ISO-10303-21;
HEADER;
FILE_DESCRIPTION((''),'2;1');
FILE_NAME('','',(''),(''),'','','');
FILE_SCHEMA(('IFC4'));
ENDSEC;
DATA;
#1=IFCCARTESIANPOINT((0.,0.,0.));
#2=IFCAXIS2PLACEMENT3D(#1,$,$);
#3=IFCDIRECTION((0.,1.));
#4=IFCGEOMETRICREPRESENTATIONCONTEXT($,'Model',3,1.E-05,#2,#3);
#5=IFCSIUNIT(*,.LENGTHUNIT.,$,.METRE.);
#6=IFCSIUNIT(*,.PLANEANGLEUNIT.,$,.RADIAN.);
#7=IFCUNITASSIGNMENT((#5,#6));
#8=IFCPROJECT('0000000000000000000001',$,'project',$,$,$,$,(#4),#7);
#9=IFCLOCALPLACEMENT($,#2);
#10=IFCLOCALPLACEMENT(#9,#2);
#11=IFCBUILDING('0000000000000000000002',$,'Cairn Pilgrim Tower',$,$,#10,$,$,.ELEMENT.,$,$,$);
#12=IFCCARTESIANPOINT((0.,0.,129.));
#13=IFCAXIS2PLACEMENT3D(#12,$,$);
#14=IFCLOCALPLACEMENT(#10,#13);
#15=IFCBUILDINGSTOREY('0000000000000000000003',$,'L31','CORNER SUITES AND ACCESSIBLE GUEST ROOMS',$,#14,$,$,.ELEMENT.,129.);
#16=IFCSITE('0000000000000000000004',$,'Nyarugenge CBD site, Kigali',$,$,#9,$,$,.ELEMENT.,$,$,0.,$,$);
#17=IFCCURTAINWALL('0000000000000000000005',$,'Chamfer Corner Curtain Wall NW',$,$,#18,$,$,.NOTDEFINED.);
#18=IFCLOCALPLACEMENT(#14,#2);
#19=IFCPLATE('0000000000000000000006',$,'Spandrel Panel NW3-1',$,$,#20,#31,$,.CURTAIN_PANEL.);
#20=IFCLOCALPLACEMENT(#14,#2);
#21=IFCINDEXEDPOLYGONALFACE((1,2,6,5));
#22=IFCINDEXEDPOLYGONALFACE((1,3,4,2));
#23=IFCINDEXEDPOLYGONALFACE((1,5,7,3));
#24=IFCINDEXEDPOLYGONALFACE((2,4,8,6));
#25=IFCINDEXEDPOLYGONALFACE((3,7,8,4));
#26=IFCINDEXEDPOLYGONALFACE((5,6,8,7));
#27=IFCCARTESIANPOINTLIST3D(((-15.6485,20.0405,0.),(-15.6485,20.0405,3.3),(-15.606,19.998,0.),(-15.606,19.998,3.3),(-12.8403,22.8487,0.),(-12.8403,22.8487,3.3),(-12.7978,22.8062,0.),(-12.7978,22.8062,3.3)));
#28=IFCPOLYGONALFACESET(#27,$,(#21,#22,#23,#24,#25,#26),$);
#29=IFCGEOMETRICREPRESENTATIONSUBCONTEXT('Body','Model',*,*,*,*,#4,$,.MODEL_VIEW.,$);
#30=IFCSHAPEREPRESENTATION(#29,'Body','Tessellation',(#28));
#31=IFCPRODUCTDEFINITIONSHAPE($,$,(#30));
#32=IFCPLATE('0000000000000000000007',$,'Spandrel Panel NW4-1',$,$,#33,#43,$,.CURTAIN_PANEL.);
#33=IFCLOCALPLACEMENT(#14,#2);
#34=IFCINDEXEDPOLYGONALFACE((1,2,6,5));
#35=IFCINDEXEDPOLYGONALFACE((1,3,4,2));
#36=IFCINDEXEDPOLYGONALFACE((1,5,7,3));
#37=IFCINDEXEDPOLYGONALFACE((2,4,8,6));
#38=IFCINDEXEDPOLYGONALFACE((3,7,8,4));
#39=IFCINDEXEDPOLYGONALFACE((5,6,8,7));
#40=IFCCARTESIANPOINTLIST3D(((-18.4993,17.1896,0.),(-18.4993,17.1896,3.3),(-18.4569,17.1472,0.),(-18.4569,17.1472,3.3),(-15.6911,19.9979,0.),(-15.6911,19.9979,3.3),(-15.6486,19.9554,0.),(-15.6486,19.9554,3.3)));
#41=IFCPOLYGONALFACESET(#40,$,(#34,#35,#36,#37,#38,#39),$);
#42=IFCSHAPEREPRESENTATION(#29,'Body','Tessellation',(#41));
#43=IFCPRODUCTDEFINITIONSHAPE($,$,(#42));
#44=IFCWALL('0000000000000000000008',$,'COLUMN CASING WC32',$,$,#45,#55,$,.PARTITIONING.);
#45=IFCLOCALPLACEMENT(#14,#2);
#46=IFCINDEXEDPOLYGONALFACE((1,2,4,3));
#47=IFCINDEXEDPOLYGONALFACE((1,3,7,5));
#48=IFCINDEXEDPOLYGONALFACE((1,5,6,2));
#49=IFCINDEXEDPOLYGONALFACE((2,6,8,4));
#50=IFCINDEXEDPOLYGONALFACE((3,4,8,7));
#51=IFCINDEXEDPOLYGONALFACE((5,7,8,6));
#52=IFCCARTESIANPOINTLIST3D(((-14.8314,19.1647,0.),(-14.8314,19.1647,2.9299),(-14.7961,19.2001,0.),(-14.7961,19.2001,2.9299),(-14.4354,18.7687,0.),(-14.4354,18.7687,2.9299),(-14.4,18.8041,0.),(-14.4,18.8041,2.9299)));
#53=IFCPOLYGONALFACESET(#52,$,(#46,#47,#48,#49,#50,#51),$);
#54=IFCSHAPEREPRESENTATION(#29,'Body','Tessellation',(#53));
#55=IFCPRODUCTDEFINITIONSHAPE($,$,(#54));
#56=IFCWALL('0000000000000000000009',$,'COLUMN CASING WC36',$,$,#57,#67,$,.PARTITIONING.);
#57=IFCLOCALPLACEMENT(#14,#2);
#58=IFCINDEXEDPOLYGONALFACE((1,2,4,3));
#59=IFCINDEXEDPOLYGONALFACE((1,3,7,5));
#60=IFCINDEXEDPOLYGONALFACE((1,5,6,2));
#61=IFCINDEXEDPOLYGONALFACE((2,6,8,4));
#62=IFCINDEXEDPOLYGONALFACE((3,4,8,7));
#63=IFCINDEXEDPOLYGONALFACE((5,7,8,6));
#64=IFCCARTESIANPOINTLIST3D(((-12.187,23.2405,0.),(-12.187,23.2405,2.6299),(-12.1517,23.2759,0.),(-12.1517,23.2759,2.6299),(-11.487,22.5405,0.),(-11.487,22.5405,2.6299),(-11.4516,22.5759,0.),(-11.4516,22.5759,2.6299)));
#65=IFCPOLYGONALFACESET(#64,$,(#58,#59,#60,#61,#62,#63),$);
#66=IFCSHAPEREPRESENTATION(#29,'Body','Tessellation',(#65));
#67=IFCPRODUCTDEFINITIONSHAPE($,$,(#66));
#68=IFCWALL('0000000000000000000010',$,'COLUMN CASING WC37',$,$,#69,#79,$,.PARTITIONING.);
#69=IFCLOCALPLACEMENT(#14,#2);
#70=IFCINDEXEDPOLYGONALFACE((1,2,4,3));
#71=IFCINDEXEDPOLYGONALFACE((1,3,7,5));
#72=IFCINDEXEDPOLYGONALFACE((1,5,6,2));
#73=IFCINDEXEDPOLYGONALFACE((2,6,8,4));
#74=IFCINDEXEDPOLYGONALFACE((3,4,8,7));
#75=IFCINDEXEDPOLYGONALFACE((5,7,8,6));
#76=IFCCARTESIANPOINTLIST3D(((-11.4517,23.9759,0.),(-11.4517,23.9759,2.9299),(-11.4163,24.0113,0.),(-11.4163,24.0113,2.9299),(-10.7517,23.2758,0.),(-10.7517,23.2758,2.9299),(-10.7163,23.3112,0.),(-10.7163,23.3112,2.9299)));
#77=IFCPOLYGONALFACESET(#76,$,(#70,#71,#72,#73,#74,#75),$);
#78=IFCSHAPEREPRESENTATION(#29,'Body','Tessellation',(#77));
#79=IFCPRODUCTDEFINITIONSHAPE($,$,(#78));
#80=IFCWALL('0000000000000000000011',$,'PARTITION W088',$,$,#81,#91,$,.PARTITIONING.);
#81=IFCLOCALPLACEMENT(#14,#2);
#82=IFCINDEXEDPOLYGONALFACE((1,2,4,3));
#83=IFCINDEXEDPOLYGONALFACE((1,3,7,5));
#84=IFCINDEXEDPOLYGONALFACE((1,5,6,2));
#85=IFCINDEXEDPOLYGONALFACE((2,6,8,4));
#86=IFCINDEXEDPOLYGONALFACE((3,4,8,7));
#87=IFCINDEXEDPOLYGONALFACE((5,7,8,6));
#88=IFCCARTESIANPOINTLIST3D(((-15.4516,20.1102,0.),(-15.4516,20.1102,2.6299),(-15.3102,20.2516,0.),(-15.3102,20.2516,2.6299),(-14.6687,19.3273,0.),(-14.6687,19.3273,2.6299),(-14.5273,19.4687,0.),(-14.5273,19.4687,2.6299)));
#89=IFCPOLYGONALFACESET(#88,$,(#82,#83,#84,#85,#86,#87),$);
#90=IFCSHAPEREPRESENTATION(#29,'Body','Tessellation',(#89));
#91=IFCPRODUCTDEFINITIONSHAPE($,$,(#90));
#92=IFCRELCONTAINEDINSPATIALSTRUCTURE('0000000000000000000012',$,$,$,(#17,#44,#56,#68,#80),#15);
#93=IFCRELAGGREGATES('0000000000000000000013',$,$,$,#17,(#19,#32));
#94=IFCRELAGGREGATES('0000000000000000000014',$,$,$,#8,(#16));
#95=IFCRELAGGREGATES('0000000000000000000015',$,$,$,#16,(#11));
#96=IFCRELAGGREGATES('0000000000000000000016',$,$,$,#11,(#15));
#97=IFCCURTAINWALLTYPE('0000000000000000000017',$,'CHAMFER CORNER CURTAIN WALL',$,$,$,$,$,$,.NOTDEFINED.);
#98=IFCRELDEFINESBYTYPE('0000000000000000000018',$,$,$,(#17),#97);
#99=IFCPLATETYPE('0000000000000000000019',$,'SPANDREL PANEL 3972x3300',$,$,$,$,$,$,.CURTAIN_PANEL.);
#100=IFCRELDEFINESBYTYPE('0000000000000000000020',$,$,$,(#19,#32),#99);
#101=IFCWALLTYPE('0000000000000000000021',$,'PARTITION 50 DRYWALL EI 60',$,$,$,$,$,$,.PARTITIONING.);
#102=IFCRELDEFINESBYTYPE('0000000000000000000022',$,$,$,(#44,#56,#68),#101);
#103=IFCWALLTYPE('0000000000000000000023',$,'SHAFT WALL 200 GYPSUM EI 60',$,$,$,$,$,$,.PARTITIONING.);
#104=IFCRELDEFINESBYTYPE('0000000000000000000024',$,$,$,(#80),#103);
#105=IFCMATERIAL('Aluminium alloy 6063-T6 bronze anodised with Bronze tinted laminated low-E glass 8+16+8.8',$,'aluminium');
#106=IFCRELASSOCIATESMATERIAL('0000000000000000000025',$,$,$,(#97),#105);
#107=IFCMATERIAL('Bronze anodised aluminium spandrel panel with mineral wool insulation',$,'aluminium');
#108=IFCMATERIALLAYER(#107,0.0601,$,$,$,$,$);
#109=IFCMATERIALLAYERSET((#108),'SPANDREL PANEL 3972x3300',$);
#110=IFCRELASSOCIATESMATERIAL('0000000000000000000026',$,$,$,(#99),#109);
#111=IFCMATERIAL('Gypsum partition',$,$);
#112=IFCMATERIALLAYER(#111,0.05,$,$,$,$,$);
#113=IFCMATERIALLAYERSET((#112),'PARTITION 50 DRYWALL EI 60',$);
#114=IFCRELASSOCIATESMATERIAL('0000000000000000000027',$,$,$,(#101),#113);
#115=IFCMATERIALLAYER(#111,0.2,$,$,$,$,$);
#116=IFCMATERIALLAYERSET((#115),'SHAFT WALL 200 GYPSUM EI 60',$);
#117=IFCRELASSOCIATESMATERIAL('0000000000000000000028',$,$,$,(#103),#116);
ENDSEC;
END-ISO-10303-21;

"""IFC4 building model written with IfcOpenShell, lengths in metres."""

from ifc_helpers import new_model, si_unit, direction, frame, frame_2d, origin, origin_2d, place, context, subcontext, project, spatial, rectangle, extrude, material, layer, layer_set, type_object, element, aggregate, save


model = new_model("IFC4")

# Units and contexts
model_context = context("Model", 3, precision=1e-05, world=origin(), true_north=direction((0.0, 1.0)))
body_context = subcontext(model_context, "Body", "Model", "MODEL_VIEW")
ifc_project = project(units=[si_unit("LENGTHUNIT", "METRE"), si_unit("PLANEANGLEUNIT", "RADIAN")], contexts=[model_context])

# Site, building, storey
site_placement = place(None, origin())
site = spatial("IfcSite", under=ifc_project, at=site_placement, Name="Nyarugenge CBD site, Kigali", CompositionType="ELEMENT", RefElevation=0.0)
building_placement = place(site_placement, origin())
building = spatial("IfcBuilding", under=site, at=building_placement, Name="Cairn Pilgrim Tower", CompositionType="ELEMENT")
storey_placement = place(building_placement, frame((0.0, 0.0, 129.0)))
storey = spatial("IfcBuildingStorey", under=building, at=storey_placement, Name="L31", Description="CORNER SUITES AND ACCESSIBLE GUEST ROOMS", CompositionType="ELEMENT", Elevation=129.0)

# Curtain wall
ifc_material_1 = material(Name="Aluminium alloy 6063-T6 bronze anodised with Bronze tinted laminated low-E glass 8+16+8.8", Category="aluminium")
curtain_wall_type_1 = type_object("IfcCurtainWallType", Name="CHAMFER CORNER CURTAIN WALL", PredefinedType="NOTDEFINED", material=ifc_material_1)
curtain_wall_1_placement = place(storey_placement, origin())
curtain_wall_1 = element("IfcCurtainWall", 1, at=curtain_wall_1_placement, inside=storey, type_object=curtain_wall_type_1, Name="Chamfer Corner Curtain Wall NW", PredefinedType="NOTDEFINED")

# Plates
ifc_material_2 = material(Name="Bronze anodised aluminium spandrel panel with mineral wool insulation", Category="aluminium")
ifc_layer_1 = layer(ifc_material_2, 0.0601)
ifc_layer_set_1 = layer_set([ifc_layer_1], Name="SPANDREL PANEL 3972x3300")
plate_type = type_object("IfcPlateType", Name="SPANDREL PANEL 3972x3300", PredefinedType="CURTAIN_PANEL", material=ifc_layer_set_1)
plate_1_placement = place(storey_placement, frame((-14.2231, 21.4233, 0.0), z_axis=(0.0, 0.0, 1.0), x_axis=(-0.707107, -0.707107, 0.0)))
plate_1 = element("IfcPlate", 2, at=plate_1_placement, type_object=plate_type, Name="Spandrel Panel NW3-1", PredefinedType="CURTAIN_PANEL", context=body_context, shape_type="SweptSolid", body=[
    extrude(rectangle(XDim=3.9714, YDim=0.0601, at=origin_2d()), origin(), (0.0, 0.0, 1.0), 3.3),
])
plate_2_placement = place(storey_placement, frame((-17.074, 18.5725, 0.0), z_axis=(0.0, 0.0, 1.0), x_axis=(-0.707107, -0.707107, 0.0)))
plate_2 = element("IfcPlate", 3, at=plate_2_placement, type_object=plate_type, Name="Spandrel Panel NW4-1", PredefinedType="CURTAIN_PANEL", context=body_context, shape_type="SweptSolid", body=[
    extrude(rectangle(XDim=3.9714, YDim=0.0601, at=origin_2d()), origin(), (0.0, 0.0, 1.0), 3.3),
])
aggregate(curtain_wall_1, [plate_1, plate_2])

# Walls
ifc_material_3 = material(Name="Gypsum partition")
ifc_layer_2 = layer(ifc_material_3, 0.05)
ifc_layer_set_2 = layer_set([ifc_layer_2], Name="PARTITION 50 DRYWALL EI 60")
wall_type_1 = type_object("IfcWallType", Name="PARTITION 50 DRYWALL EI 60", PredefinedType="PARTITIONING", material=ifc_layer_set_2)
wall_1_placement = place(storey_placement, frame((-14.4177, 18.7864, 0.0), z_axis=(0.0, 0.0, 1.0), x_axis=(-0.707107, 0.707107, 0.0)))
element("IfcWall", 4, at=wall_1_placement, inside=storey, type_object=wall_type_1, Name="COLUMN CASING WC32", PredefinedType="PARTITIONING", context=body_context, shape_type="SweptSolid", body=[
    extrude(rectangle(XDim=0.5601, YDim=0.05, at=frame_2d((0.28, 0.0))), origin(), (0.0, 0.0, 1.0), 2.9299),
])
wall_2_placement = place(storey_placement, frame((-11.4692, 22.5581, 0.0), z_axis=(0.0, 0.0, 1.0), x_axis=(-0.707107, 0.707107, 0.0)))
element("IfcWall", 5, at=wall_2_placement, inside=storey, type_object=wall_type_1, Name="COLUMN CASING WC36", PredefinedType="PARTITIONING", context=body_context, shape_type="SweptSolid", body=[
    extrude(rectangle(XDim=0.99, YDim=0.05, at=frame_2d((0.4951, 0.0))), origin(), (0.0, 0.0, 1.0), 2.6299),
])
wall_3_placement = place(storey_placement, frame((-10.7339, 23.2935, 0.0), z_axis=(0.0, 0.0, 1.0), x_axis=(-0.707107, 0.707107, 0.0)))
element("IfcWall", 6, at=wall_3_placement, inside=storey, type_object=wall_type_1, Name="COLUMN CASING WC37", PredefinedType="PARTITIONING", context=body_context, shape_type="SweptSolid", body=[
    extrude(rectangle(XDim=0.99, YDim=0.05, at=frame_2d((0.4951, 0.0))), origin(), (0.0, 0.0, 1.0), 2.9299),
])
ifc_layer_3 = layer(ifc_material_3, 0.2)
ifc_layer_set_3 = layer_set([ifc_layer_3], Name="SHAFT WALL 200 GYPSUM EI 60")
wall_type_2 = type_object("IfcWallType", Name="SHAFT WALL 200 GYPSUM EI 60", PredefinedType="PARTITIONING", material=ifc_layer_set_3)
wall_4_placement = place(storey_placement, frame((-14.5979, 19.3979, 0.0), z_axis=(0.0, 0.0, 1.0), x_axis=(-0.707107, 0.707107, 0.0)))
element("IfcWall", 7, at=wall_4_placement, inside=storey, type_object=wall_type_2, Name="PARTITION W088", PredefinedType="PARTITIONING", context=body_context, shape_type="SweptSolid", body=[
    extrude(rectangle(XDim=1.1072, YDim=0.2, at=frame_2d((0.5537, 0.0))), origin(), (0.0, 0.0, 1.0), 2.6299),
])

save(model, "model.ifc")
